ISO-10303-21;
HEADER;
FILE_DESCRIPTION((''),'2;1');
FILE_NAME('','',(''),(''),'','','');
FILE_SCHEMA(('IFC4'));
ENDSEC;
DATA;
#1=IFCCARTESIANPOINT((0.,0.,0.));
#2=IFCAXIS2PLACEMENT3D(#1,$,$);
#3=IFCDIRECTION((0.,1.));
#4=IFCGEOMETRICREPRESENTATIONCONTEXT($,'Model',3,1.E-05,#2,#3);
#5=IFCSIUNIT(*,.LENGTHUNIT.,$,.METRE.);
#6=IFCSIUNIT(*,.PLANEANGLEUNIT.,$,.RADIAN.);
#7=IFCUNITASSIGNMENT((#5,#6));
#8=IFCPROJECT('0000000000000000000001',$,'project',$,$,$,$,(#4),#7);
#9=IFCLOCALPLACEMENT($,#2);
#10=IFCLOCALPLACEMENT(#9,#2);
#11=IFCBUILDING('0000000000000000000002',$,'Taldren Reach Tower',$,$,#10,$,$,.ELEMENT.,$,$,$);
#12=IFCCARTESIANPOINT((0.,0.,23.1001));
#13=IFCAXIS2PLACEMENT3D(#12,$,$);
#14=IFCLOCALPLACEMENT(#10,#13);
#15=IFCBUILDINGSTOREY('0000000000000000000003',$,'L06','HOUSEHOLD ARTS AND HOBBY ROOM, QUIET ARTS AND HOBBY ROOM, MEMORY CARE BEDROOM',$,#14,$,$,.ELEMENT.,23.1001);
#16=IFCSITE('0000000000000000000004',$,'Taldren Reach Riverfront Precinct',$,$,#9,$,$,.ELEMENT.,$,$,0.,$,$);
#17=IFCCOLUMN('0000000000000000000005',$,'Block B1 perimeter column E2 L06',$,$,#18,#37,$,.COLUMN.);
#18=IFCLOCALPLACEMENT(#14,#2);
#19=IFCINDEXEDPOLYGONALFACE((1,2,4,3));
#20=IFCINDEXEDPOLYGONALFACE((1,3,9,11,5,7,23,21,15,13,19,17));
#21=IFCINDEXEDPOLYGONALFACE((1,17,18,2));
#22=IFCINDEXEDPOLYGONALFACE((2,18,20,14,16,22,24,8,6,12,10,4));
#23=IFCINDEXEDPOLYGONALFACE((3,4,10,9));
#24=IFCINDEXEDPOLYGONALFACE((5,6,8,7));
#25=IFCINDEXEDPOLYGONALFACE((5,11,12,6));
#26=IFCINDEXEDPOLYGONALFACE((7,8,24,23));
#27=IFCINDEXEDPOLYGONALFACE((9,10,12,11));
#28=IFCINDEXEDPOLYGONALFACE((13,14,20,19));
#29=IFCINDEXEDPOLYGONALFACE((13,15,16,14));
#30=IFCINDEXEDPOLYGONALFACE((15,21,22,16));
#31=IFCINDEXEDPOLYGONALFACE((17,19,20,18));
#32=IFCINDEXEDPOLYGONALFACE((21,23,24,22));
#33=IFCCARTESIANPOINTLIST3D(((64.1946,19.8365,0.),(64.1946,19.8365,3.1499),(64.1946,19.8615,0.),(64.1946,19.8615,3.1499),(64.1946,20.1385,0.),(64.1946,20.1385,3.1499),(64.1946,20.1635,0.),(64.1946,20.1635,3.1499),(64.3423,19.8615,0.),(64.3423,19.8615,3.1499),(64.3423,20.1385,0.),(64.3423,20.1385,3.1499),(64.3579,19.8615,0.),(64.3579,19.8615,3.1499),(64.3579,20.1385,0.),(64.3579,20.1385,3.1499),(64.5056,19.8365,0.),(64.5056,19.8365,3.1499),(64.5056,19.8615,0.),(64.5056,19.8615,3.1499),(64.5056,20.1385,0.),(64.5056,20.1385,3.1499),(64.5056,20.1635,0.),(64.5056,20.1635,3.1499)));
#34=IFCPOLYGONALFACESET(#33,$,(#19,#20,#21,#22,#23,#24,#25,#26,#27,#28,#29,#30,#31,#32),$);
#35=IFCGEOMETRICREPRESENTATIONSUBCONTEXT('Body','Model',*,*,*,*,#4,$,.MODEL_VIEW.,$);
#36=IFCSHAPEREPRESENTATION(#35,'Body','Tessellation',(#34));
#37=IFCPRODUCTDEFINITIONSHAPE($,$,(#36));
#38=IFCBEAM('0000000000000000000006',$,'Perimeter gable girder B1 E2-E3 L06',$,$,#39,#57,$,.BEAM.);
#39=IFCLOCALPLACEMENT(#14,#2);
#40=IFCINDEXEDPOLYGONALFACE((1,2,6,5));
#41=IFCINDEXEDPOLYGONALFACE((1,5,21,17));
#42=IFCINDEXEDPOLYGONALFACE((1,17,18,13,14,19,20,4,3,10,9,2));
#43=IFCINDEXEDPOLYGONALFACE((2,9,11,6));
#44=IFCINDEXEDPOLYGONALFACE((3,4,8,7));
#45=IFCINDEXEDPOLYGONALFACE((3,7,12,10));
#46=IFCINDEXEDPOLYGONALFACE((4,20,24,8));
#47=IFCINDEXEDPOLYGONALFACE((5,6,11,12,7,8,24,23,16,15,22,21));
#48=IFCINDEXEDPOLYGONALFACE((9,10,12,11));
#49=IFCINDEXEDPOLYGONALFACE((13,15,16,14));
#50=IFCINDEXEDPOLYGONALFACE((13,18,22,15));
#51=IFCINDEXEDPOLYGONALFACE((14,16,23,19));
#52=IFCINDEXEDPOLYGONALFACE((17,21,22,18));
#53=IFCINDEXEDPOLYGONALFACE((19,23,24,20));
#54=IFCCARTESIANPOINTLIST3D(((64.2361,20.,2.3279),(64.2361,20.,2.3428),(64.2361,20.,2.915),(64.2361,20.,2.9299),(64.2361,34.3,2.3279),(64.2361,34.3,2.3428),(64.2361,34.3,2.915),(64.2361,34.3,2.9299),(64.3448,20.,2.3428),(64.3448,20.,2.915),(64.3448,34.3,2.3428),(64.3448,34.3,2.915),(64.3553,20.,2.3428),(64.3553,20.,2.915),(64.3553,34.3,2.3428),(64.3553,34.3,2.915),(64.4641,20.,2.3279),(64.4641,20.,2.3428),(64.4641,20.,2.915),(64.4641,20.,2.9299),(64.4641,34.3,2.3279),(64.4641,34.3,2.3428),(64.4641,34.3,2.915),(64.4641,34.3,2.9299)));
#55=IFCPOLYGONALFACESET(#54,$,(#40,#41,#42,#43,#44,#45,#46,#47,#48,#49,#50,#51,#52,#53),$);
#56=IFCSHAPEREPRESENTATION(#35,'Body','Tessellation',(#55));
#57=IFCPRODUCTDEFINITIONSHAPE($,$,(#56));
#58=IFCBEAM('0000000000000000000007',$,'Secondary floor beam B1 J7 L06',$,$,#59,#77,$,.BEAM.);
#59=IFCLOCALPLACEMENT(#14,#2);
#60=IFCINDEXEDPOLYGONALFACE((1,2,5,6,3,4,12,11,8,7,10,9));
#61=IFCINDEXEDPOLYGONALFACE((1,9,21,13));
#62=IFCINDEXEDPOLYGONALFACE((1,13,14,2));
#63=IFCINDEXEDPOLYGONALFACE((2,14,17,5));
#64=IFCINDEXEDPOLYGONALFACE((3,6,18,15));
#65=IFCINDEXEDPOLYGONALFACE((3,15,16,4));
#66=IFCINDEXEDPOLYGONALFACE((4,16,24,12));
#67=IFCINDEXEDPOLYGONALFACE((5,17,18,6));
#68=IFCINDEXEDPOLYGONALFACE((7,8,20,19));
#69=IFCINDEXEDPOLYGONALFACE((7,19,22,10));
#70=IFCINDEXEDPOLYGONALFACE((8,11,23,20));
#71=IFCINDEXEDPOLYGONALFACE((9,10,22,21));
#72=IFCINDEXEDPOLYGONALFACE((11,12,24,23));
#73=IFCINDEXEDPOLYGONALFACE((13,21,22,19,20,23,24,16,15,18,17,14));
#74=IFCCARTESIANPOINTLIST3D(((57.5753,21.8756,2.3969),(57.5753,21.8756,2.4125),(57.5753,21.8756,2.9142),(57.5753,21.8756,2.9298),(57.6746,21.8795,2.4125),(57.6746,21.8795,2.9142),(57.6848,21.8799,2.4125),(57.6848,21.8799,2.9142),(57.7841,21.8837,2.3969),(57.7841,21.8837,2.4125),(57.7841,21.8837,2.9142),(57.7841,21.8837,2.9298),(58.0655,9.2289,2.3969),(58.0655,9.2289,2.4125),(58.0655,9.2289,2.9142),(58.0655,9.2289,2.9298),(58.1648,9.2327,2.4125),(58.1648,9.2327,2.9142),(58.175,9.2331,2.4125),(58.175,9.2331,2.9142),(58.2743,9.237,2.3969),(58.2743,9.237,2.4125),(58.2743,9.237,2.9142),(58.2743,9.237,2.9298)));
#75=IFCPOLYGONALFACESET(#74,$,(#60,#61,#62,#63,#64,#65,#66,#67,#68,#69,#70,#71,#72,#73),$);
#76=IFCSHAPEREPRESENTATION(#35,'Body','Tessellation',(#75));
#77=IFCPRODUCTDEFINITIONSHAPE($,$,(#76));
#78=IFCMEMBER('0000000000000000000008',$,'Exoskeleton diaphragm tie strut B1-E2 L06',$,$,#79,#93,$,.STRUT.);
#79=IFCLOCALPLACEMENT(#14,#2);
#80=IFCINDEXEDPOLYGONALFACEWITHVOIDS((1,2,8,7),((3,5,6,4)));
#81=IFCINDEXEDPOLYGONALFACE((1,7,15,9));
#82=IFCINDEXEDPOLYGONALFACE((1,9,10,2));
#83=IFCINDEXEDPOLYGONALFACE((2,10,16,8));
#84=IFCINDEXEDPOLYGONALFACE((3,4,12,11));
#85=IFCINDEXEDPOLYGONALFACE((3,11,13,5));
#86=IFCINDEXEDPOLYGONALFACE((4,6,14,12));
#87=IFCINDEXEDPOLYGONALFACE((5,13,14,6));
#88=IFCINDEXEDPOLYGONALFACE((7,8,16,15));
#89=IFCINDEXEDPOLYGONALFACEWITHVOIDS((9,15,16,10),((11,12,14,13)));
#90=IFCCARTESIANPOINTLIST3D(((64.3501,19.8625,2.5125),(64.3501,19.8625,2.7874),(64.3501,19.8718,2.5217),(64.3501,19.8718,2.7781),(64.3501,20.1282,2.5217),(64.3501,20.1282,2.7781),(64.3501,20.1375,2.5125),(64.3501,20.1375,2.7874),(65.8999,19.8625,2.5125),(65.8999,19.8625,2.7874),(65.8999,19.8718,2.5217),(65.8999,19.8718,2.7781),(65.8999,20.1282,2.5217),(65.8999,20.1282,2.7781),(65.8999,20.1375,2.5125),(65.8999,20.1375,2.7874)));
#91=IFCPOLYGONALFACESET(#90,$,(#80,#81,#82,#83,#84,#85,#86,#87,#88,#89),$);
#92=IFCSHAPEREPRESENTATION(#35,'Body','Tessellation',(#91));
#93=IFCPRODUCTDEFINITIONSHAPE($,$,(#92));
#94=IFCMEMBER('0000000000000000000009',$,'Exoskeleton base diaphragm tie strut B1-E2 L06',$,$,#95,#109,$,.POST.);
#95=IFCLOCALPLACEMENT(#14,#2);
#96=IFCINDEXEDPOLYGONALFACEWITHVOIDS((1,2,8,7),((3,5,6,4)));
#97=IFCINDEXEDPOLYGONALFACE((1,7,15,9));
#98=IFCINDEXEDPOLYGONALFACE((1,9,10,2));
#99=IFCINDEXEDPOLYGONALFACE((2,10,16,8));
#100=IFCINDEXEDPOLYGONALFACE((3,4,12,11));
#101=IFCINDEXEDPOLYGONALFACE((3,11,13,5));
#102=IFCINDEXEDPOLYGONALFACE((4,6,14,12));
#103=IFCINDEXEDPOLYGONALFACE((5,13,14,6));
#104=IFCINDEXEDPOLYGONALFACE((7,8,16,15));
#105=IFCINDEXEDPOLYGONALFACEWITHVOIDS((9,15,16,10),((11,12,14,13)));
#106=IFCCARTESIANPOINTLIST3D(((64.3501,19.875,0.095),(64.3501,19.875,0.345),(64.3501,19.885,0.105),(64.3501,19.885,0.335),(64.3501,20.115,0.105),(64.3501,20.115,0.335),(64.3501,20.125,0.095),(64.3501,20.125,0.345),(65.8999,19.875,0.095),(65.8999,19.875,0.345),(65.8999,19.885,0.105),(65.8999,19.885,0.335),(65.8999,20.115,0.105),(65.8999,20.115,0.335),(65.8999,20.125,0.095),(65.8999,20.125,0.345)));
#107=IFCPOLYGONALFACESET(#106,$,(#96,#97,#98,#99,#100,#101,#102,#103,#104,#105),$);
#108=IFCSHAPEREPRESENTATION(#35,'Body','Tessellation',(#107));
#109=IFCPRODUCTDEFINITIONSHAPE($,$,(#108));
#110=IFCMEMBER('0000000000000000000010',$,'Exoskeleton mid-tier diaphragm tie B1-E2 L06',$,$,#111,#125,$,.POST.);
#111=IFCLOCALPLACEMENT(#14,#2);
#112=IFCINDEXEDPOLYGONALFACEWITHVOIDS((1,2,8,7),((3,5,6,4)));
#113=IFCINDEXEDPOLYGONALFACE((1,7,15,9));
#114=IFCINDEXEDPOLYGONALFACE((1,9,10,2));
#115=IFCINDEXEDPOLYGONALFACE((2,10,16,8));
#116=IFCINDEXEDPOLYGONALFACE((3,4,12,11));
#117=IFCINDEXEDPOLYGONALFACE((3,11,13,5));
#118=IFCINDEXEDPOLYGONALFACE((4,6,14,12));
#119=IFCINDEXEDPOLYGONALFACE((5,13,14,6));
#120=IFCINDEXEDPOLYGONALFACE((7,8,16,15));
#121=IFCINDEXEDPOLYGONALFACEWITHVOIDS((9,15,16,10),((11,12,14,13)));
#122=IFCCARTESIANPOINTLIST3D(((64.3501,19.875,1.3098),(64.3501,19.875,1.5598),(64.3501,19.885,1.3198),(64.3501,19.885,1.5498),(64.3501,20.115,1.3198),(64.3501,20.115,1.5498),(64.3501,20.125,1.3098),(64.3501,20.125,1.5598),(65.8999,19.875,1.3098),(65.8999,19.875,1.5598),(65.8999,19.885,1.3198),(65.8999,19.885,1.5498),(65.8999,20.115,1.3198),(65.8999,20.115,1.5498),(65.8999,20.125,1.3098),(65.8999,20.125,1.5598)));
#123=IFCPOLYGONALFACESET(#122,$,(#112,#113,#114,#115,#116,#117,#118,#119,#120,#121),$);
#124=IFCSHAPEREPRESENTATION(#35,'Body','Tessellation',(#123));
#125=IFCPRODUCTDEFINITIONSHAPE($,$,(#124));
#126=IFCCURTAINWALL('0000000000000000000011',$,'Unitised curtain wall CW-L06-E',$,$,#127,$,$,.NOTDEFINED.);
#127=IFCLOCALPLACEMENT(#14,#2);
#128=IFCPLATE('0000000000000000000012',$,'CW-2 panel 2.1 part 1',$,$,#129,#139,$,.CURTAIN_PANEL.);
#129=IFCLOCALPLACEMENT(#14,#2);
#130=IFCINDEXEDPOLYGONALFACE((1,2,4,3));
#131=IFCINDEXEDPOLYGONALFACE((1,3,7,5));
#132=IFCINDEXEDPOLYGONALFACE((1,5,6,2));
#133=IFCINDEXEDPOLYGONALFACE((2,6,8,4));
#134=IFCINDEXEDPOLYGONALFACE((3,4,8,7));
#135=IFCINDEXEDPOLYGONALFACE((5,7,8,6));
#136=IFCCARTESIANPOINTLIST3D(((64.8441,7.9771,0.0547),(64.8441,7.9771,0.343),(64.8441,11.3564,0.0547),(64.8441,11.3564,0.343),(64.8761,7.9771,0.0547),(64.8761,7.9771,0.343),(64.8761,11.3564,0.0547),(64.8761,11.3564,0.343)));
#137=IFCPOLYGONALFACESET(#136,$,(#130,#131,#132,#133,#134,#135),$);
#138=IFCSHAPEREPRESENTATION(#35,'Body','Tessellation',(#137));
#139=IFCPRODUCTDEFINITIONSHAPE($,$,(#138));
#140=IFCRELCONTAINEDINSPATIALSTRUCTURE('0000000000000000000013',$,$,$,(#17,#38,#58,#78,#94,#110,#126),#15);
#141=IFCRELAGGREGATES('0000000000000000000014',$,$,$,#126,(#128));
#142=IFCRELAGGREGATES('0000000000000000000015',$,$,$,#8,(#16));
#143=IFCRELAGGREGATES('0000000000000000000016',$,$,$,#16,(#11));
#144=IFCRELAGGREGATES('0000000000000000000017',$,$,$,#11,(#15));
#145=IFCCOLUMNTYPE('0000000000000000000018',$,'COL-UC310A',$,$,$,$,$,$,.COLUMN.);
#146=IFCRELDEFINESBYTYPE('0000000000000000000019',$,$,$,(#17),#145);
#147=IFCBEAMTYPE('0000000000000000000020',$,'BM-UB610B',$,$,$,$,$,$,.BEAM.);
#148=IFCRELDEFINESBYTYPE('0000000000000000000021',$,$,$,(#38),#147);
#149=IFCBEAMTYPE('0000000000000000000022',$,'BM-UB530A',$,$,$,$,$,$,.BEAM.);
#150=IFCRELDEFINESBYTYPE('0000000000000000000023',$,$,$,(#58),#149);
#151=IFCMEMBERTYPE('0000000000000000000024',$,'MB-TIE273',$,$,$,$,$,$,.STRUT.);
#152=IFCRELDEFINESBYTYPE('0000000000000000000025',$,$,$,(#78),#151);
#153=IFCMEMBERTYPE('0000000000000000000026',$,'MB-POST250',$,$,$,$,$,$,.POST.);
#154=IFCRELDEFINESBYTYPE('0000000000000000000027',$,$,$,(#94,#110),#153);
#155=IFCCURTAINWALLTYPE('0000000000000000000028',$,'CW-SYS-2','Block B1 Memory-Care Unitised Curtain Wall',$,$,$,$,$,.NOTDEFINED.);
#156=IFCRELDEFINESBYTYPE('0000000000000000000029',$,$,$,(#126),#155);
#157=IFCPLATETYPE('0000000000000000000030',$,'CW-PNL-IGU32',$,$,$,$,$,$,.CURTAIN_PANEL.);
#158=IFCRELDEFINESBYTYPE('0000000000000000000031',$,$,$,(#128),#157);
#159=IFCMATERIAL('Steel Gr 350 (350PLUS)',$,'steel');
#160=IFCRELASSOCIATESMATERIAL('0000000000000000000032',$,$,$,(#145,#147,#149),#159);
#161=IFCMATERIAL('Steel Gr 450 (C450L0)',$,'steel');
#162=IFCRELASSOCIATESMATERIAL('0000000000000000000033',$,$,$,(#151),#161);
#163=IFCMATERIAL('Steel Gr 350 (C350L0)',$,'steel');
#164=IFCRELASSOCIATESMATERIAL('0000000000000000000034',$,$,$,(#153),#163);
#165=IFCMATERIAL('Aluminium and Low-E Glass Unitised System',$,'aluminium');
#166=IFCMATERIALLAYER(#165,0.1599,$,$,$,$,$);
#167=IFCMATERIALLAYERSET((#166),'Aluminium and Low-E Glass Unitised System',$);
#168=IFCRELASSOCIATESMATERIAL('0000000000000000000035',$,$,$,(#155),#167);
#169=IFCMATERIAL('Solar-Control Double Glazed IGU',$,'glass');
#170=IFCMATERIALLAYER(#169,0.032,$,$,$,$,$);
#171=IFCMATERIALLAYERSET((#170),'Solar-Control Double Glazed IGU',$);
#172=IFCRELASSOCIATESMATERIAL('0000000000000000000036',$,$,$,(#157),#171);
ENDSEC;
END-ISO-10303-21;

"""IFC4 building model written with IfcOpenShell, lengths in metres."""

from ifc_helpers import new_model, si_unit, direction, frame, origin, origin_2d, place, context, subcontext, project, spatial, rectangle, hollow_rectangle, i_section, extrude, source, transform, mapped, material, layer, layer_set, material_profile, profile_set, type_object, element, aggregate, save


model = new_model("IFC4")

# Units and contexts
model_context = context("Model", 3, precision=1e-05, world=origin(), true_north=direction((0.0, 1.0)))
body_context = subcontext(model_context, "Body", "Model", "MODEL_VIEW")
ifc_project = project(units=[si_unit("LENGTHUNIT", "METRE"), si_unit("PLANEANGLEUNIT", "RADIAN")], contexts=[model_context])

# Site, building, storey
site_placement = place(None, origin())
site = spatial("IfcSite", under=ifc_project, at=site_placement, Name="Taldren Reach Riverfront Precinct", CompositionType="ELEMENT", RefElevation=0.0)
building_placement = place(site_placement, origin())
building = spatial("IfcBuilding", under=site, at=building_placement, Name="Taldren Reach Tower", CompositionType="ELEMENT")
storey_placement = place(building_placement, frame((0.0, 0.0, 23.1001)))
storey = spatial("IfcBuildingStorey", under=building, at=storey_placement, Name="L06", Description="HOUSEHOLD ARTS AND HOBBY ROOM, QUIET ARTS AND HOBBY ROOM, MEMORY CARE BEDROOM", CompositionType="ELEMENT", Elevation=23.1001)

# Column
ifc_material_1 = material(Name="Steel Gr 350 (350PLUS)", Category="steel")
ifc_material_profile_1 = material_profile(ifc_material_1, i_section(OverallWidth=0.311, OverallDepth=0.3269, WebThickness=0.0156, FlangeThickness=0.0249, at=origin_2d()), Name="310UC158")
ifc_profile_set_1 = profile_set([ifc_material_profile_1], Name="Steel Gr 350 (350PLUS)")
column_type = type_object("IfcColumnType", Name="COL-UC310A", PredefinedType="COLUMN", material=ifc_profile_set_1)
shared_shape_1 = source(origin(), body_context, "Body", "SweptSolid", [
    extrude(i_section(OverallWidth=0.311, OverallDepth=0.3269, WebThickness=0.0156, FlangeThickness=0.0249, at=origin_2d()), origin(), (0.0, 0.0, 1.0), 3.1499),
])
column_placement = place(storey_placement, frame((64.3501, 20.0, 0.0), z_axis=(0.0, 0.0, 1.0), x_axis=(1.0, 0.0, 0.0)))
element("IfcColumn", 1, at=column_placement, inside=storey, type_object=column_type, Name="Block B1 perimeter column E2 L06", PredefinedType="COLUMN", context=body_context, shape_type="MappedRepresentation", body=[
    mapped(shared_shape_1, transform((0.0, 0.0, 0.0), scale=1.0)),
])

# Beams
ifc_material_profile_2 = material_profile(ifc_material_1, i_section(OverallWidth=0.228, OverallDepth=0.6021, WebThickness=0.0105, FlangeThickness=0.0149, at=origin_2d()), Name="610UB101")
ifc_profile_set_2 = profile_set([ifc_material_profile_2], Name="Steel Gr 350 (350PLUS)")
beam_type_1 = type_object("IfcBeamType", Name="BM-UB610B", PredefinedType="BEAM", material=ifc_profile_set_2)
shared_shape_2 = source(origin(), body_context, "Body", "SweptSolid", [
    extrude(i_section(OverallWidth=0.228, OverallDepth=0.6021, WebThickness=0.0105, FlangeThickness=0.0149, at=origin_2d()), origin(), (0.0, 0.0, 1.0), 14.3),
])
beam_1_placement = place(storey_placement, frame((64.3501, 20.0, 2.6289), z_axis=(0.0, 1.0, 0.0), x_axis=(-1.0, 0.0, 0.0)))
element("IfcBeam", 2, at=beam_1_placement, inside=storey, type_object=beam_type_1, Name="Perimeter gable girder B1 E2-E3 L06", PredefinedType="BEAM", context=body_context, shape_type="MappedRepresentation", body=[
    mapped(shared_shape_2, transform((0.0, 0.0, 0.0), scale=1.0)),
])
ifc_material_profile_3 = material_profile(ifc_material_1, i_section(OverallWidth=0.209, OverallDepth=0.533, WebThickness=0.0103, FlangeThickness=0.0156, at=origin_2d()), Name="530UB92.4")
ifc_profile_set_3 = profile_set([ifc_material_profile_3], Name="Steel Gr 350 (350PLUS)")
beam_type_2 = type_object("IfcBeamType", Name="BM-UB530A", PredefinedType="BEAM", material=ifc_profile_set_3)
shared_shape_3 = source(origin(), body_context, "Body", "SweptSolid", [
    extrude(i_section(OverallWidth=0.209, OverallDepth=0.533, WebThickness=0.0103, FlangeThickness=0.0156, at=origin_2d()), origin(), (0.0, 0.0, 1.0), 12.6562),
])
beam_2_placement = place(storey_placement, frame((58.1699, 9.2329, 2.6633), z_axis=(-0.038735, 0.99925, 0.0), x_axis=(-0.99925, -0.038735, 0.0)))
element("IfcBeam", 3, at=beam_2_placement, inside=storey, type_object=beam_type_2, Name="Secondary floor beam B1 J7 L06", PredefinedType="BEAM", context=body_context, shape_type="MappedRepresentation", body=[
    mapped(shared_shape_3, transform((0.0, 0.0, 0.0), scale=1.0)),
])

# Members
ifc_material_2 = material(Name="Steel Gr 450 (C450L0)", Category="steel")
ifc_material_profile_4 = material_profile(ifc_material_2, hollow_rectangle(XDim=0.2749, YDim=0.2749, WallThickness=0.0093, at=origin_2d()), Name="275x275x9.3SHS")
ifc_profile_set_4 = profile_set([ifc_material_profile_4], Name="Steel Gr 450 (C450L0)")
member_type_1 = type_object("IfcMemberType", Name="MB-TIE273", PredefinedType="STRUT", material=ifc_profile_set_4)
shared_shape_4 = source(origin(), body_context, "Body", "SweptSolid", [
    extrude(hollow_rectangle(XDim=0.2749, YDim=0.2749, WallThickness=0.0093, at=origin_2d()), origin(), (0.0, 0.0, 1.0), 1.5498),
])
member_placement = place(storey_placement, frame((64.3501, 20.0, 2.6499), z_axis=(1.0, 0.0, 0.0), x_axis=(0.0, 1.0, 0.0)))
element("IfcMember", 4, at=member_placement, inside=storey, type_object=member_type_1, Name="Exoskeleton diaphragm tie strut B1-E2 L06", PredefinedType="STRUT", context=body_context, shape_type="MappedRepresentation", body=[
    mapped(shared_shape_4, transform((0.0, 0.0, 0.0), scale=1.0)),
])
ifc_material_3 = material(Name="Steel Gr 350 (C350L0)", Category="steel")
ifc_material_profile_5 = material_profile(ifc_material_3, hollow_rectangle(XDim=0.25, YDim=0.25, WallThickness=0.01, at=origin_2d()), Name="250x250x10.0SHS")
ifc_profile_set_5 = profile_set([ifc_material_profile_5], Name="Steel Gr 350 (C350L0)")
member_type_2 = type_object("IfcMemberType", Name="MB-POST250", PredefinedType="POST", material=ifc_profile_set_5)
shared_shape_5 = source(origin(), body_context, "Body", "SweptSolid", [
    extrude(hollow_rectangle(XDim=0.25, YDim=0.25, WallThickness=0.01, at=origin_2d()), origin(), (0.0, 0.0, 1.0), 1.5498),
])
for number, where, z_axis, x_axis, name in (
    (5, (64.3501, 20.0, 0.22), (1.0, 0.0, 0.0), (0.0, 1.0, 0.0), "Exoskeleton base diaphragm tie strut B1-E2 L06"),
    (6, (64.3501, 20.0, 1.4348), (1.0, 0.0, 0.0), (0.0, 1.0, 0.0), "Exoskeleton mid-tier diaphragm tie B1-E2 L06"),
):
    element("IfcMember", number, at=place(storey_placement, frame(where, z_axis=z_axis, x_axis=x_axis)), inside=storey, type_object=member_type_2, Name=name, PredefinedType="POST", context=body_context, shape_type="MappedRepresentation", body=[
        mapped(shared_shape_5, transform((0.0, 0.0, 0.0), scale=1.0)),
    ])

# Curtain wall, plate
ifc_material_4 = material(Name="Aluminium and Low-E Glass Unitised System", Category="aluminium")
ifc_layer_1 = layer(ifc_material_4, 0.1599)
ifc_layer_set_1 = layer_set([ifc_layer_1], Name="Aluminium and Low-E Glass Unitised System")
curtain_wall_type = type_object("IfcCurtainWallType", Name="CW-SYS-2", Description="Block B1 Memory-Care Unitised Curtain Wall", PredefinedType="NOTDEFINED", material=ifc_layer_set_1)
curtain_wall_placement = place(storey_placement, origin())
curtain_wall = element("IfcCurtainWall", 7, at=curtain_wall_placement, inside=storey, type_object=curtain_wall_type, Name="Unitised curtain wall CW-L06-E", PredefinedType="NOTDEFINED")
ifc_material_5 = material(Name="Solar-Control Double Glazed IGU", Category="glass")
ifc_layer_2 = layer(ifc_material_5, 0.032)
ifc_layer_set_2 = layer_set([ifc_layer_2], Name="Solar-Control Double Glazed IGU")
plate_type = type_object("IfcPlateType", Name="CW-PNL-IGU32", PredefinedType="CURTAIN_PANEL", material=ifc_layer_set_2)
shared_shape_6 = source(origin(), body_context, "Body", "SweptSolid", [
    extrude(rectangle(XDim=3.3794, YDim=0.032, at=origin_2d()), origin(), (0.0, 0.0, 1.0), 0.2883),
])
plate_placement = place(storey_placement, frame((64.8601, 9.6667, 0.0547), z_axis=(0.0, 0.0, 1.0), x_axis=(0.0, 1.0, 0.0)))
plate = element("IfcPlate", 8, at=plate_placement, type_object=plate_type, Name="CW-2 panel 2.1 part 1", PredefinedType="CURTAIN_PANEL", context=body_context, shape_type="MappedRepresentation", body=[
    mapped(shared_shape_6, transform((0.0, 0.0, 0.0), scale=1.0)),
])
aggregate(curtain_wall, [plate])

save(model, "model.ifc")
